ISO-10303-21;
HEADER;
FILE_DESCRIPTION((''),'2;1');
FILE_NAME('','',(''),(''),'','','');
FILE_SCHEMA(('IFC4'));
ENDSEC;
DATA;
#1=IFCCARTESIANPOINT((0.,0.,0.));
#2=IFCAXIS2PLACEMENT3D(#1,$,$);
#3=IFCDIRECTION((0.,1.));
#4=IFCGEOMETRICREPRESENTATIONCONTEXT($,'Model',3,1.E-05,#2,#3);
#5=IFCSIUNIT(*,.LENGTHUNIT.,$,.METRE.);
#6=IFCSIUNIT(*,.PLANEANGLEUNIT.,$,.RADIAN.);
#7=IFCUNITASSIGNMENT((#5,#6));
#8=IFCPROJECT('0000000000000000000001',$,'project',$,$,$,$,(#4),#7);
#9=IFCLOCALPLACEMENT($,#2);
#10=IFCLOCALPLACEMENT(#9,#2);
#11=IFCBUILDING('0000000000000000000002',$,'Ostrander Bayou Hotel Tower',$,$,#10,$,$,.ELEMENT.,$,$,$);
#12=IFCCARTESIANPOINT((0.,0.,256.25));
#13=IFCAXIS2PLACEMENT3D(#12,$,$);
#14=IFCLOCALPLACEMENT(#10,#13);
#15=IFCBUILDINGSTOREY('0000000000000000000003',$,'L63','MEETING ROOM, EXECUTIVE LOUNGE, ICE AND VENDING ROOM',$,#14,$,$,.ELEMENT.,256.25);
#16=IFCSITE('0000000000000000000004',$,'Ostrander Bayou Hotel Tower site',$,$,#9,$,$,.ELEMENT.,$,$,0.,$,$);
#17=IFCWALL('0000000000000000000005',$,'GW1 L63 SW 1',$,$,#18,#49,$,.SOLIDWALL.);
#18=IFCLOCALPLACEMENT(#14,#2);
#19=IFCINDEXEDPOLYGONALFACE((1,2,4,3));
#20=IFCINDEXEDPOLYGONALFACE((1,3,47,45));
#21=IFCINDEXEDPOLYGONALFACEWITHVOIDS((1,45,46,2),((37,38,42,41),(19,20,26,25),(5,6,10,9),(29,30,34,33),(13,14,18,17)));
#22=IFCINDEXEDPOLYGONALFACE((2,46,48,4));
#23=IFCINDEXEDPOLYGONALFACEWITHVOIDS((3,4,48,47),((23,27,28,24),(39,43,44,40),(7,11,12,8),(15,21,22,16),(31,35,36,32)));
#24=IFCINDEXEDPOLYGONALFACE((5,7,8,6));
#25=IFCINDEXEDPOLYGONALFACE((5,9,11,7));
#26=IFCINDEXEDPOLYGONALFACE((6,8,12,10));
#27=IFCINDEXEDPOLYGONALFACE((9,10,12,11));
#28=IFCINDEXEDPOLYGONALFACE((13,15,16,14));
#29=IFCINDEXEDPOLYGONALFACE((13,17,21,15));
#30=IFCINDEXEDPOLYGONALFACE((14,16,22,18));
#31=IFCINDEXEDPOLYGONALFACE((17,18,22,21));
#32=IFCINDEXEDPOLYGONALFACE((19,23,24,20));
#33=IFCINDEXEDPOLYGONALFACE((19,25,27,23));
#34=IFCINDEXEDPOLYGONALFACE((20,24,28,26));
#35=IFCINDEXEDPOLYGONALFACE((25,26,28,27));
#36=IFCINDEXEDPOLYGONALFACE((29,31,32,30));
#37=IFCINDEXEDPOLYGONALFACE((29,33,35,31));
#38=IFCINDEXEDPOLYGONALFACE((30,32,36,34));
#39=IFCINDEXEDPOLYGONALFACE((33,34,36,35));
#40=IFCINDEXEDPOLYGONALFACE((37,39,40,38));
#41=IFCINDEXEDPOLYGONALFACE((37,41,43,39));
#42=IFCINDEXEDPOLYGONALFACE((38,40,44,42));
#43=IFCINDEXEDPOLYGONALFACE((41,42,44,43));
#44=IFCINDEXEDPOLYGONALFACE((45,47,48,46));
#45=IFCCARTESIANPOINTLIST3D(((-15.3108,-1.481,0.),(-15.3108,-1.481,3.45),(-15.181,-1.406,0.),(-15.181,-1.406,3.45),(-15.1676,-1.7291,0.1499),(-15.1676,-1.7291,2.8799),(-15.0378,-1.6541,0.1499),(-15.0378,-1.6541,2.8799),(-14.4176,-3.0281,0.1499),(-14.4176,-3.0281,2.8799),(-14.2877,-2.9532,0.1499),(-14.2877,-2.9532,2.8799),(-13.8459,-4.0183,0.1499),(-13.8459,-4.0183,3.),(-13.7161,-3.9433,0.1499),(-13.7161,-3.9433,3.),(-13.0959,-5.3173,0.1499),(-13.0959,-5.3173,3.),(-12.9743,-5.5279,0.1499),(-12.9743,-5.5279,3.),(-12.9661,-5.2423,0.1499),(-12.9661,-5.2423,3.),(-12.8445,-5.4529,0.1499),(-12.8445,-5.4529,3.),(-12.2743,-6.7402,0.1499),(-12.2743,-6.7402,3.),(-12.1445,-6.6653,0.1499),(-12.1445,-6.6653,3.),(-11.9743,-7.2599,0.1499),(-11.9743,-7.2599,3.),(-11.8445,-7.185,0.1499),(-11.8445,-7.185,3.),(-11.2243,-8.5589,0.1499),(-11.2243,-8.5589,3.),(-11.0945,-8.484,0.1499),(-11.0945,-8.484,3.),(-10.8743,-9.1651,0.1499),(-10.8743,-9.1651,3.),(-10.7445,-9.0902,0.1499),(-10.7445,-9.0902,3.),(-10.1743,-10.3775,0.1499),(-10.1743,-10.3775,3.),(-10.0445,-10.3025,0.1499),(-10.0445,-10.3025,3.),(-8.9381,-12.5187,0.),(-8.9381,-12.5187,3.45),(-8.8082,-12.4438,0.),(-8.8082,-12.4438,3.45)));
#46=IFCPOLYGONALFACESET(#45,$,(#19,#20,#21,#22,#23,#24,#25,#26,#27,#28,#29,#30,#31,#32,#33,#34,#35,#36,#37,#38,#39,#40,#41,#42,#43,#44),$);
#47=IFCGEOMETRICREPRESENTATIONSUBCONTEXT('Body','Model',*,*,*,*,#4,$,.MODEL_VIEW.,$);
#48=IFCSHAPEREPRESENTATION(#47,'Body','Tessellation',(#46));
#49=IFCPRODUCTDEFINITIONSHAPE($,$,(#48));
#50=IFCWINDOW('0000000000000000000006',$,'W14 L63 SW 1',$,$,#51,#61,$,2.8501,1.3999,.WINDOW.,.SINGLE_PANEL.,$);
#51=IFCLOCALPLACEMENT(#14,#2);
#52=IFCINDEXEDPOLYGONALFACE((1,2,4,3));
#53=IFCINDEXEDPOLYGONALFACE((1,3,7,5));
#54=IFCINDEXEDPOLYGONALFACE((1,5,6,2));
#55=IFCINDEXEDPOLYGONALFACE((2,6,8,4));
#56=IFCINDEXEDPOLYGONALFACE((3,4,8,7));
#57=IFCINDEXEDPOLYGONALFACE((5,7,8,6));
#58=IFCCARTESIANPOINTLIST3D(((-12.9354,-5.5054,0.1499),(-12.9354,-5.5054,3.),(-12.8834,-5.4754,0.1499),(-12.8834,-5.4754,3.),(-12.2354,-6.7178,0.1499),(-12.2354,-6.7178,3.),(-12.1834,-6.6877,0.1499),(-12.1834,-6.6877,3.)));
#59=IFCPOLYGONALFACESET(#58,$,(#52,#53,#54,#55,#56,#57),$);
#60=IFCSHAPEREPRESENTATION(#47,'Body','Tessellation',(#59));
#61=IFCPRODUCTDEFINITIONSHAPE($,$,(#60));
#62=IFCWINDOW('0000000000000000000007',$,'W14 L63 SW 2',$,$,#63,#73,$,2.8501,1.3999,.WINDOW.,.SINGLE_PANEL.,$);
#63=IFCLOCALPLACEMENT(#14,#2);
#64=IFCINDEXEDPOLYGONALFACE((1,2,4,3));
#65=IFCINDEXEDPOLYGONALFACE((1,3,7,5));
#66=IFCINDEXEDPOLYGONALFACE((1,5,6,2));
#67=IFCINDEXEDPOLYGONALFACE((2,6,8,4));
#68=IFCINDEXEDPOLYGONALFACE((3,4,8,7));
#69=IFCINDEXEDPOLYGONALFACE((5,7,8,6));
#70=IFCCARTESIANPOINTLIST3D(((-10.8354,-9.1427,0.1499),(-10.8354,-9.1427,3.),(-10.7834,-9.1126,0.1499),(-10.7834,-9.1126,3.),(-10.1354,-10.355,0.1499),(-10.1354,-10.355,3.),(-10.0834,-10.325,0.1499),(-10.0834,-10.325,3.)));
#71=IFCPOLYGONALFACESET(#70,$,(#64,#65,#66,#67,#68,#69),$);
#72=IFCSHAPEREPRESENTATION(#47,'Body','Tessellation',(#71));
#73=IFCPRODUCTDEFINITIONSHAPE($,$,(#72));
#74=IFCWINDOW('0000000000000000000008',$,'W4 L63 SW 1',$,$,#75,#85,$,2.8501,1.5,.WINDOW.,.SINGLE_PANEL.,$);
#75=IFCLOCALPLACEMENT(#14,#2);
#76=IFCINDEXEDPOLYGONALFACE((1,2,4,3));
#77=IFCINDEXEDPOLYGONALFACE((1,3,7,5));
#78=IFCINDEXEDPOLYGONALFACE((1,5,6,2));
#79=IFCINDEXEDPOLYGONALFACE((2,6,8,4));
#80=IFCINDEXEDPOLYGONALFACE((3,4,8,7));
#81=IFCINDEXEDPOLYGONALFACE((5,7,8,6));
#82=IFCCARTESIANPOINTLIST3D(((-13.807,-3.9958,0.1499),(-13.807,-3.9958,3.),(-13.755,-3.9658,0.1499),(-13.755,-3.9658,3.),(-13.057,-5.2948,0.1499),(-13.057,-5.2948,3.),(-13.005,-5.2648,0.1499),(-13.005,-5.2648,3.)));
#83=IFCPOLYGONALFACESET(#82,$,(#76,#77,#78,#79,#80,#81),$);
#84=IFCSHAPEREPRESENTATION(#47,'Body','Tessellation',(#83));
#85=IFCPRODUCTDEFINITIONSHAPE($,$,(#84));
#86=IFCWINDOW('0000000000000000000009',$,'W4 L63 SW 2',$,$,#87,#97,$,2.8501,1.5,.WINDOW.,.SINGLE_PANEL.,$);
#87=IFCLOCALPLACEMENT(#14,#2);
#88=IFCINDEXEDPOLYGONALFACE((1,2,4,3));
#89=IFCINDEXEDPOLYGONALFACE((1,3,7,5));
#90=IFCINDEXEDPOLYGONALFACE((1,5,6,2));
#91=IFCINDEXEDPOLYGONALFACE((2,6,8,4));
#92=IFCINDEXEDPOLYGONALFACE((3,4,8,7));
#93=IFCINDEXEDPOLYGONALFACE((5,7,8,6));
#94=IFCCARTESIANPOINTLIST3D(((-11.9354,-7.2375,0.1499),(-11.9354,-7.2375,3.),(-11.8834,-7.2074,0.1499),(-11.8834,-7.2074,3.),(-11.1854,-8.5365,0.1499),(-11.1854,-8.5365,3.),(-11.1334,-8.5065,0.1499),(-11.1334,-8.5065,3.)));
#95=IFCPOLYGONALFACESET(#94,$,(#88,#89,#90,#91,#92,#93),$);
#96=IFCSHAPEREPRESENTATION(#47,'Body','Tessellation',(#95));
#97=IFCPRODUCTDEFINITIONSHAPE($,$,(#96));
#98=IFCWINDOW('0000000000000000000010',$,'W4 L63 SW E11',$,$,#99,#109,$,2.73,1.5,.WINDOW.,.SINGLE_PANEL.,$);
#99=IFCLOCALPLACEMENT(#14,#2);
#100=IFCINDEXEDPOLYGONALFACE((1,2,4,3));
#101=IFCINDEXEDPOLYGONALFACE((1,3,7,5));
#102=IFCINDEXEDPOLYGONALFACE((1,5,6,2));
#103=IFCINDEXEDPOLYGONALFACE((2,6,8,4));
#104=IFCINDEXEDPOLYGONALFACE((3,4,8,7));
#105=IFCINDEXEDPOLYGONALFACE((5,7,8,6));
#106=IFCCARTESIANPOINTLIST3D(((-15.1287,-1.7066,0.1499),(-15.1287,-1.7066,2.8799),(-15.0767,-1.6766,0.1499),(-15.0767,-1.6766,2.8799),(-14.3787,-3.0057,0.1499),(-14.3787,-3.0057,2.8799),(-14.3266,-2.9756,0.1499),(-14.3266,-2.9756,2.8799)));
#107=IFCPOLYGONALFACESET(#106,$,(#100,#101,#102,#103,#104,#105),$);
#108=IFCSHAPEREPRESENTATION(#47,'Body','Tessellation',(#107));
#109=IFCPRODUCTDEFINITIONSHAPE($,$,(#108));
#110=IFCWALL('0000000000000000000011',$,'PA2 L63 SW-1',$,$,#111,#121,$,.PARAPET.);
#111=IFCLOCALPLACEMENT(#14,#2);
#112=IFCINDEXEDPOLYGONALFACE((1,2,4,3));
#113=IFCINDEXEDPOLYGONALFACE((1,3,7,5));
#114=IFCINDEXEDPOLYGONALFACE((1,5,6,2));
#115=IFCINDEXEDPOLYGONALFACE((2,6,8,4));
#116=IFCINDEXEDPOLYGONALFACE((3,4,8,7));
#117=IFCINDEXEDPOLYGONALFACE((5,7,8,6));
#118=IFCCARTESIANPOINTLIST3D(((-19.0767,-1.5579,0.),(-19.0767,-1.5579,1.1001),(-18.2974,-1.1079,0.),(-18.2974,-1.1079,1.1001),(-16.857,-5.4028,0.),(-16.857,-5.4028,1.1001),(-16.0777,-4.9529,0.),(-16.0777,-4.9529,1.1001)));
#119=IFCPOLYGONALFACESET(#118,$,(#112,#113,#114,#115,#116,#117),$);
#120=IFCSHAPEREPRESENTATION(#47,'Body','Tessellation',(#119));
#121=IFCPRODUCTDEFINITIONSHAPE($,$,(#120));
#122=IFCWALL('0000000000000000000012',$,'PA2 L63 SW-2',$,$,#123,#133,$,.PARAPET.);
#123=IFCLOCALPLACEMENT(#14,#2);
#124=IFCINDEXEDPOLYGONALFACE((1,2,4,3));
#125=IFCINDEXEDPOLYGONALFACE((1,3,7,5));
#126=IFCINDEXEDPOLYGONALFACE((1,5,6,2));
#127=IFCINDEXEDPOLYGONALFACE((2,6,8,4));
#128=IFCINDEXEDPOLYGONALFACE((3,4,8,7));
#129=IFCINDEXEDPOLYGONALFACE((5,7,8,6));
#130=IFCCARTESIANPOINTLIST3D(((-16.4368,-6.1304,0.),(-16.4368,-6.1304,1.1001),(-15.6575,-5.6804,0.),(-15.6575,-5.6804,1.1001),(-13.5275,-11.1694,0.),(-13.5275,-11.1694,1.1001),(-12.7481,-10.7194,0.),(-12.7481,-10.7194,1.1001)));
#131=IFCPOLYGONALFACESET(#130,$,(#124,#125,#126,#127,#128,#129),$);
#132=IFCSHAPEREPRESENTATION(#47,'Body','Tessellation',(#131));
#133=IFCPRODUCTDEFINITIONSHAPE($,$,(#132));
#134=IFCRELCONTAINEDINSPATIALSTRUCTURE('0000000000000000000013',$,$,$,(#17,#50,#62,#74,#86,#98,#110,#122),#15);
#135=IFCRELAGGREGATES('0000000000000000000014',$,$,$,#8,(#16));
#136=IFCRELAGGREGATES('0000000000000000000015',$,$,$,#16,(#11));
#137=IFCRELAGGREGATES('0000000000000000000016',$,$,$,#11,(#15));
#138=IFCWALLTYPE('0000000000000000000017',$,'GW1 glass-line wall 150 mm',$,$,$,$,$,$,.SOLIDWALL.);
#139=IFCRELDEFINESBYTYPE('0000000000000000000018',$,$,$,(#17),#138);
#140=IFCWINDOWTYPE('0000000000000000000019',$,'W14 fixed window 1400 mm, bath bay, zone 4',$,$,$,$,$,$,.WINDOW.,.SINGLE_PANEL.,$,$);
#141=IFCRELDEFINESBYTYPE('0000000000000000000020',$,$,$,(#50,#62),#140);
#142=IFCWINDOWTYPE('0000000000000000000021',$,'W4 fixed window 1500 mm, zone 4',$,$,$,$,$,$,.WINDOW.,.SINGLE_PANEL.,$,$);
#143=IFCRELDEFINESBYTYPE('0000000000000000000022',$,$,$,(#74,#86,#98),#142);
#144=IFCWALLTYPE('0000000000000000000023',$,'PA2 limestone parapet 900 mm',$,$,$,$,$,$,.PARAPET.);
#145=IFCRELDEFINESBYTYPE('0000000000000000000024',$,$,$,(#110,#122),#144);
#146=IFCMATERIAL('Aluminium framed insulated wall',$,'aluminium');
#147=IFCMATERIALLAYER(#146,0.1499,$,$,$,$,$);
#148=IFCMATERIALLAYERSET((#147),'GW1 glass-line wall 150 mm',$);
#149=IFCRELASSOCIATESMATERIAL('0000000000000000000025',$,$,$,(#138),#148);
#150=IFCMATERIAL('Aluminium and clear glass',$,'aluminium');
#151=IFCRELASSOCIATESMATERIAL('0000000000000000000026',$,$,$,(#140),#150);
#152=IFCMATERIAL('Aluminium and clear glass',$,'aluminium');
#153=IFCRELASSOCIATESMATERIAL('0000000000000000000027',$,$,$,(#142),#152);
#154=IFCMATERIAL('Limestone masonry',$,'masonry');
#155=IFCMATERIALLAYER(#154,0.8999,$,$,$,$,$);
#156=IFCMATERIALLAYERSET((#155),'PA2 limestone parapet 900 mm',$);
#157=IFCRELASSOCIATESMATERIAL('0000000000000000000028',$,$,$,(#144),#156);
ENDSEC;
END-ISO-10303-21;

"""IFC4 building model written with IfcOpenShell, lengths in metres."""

from ifc_helpers import new_model, si_unit, direction, frame, frame_2d, origin, place, context, subcontext, project, spatial, rectangle, extrude, material, layer, layer_set, type_object, element, fill, save


model = new_model("IFC4")

# Units and contexts
model_context = context("Model", 3, precision=1e-05, world=origin(), true_north=direction((0.0, 1.0)))
body_context = subcontext(model_context, "Body", "Model", "MODEL_VIEW")
ifc_project = project(units=[si_unit("LENGTHUNIT", "METRE"), si_unit("PLANEANGLEUNIT", "RADIAN")], contexts=[model_context])

# Site, building, storey
site_placement = place(None, origin())
site = spatial("IfcSite", under=ifc_project, at=site_placement, Name="Ostrander Bayou Hotel Tower site", CompositionType="ELEMENT", RefElevation=0.0)
building_placement = place(site_placement, origin())
building = spatial("IfcBuilding", under=site, at=building_placement, Name="Ostrander Bayou Hotel Tower", CompositionType="ELEMENT")
storey_placement = place(building_placement, frame((0.0, 0.0, 256.25)))
storey = spatial("IfcBuildingStorey", under=building, at=storey_placement, Name="L63", Description="MEETING ROOM, EXECUTIVE LOUNGE, ICE AND VENDING ROOM", CompositionType="ELEMENT", Elevation=256.25)

# Wall, openings, windows
ifc_material_1 = material(Name="Aluminium framed insulated wall", Category="aluminium")
ifc_layer_1 = layer(ifc_material_1, 0.1499)
ifc_layer_set_1 = layer_set([ifc_layer_1], Name="GW1 glass-line wall 150 mm")
wall_type_1 = type_object("IfcWallType", Name="GW1 glass-line wall 150 mm", PredefinedType="SOLIDWALL", material=ifc_layer_set_1)
wall_1_placement = place(storey_placement, frame((-15.2458, -1.4436, 0.0), z_axis=(0.0, 0.0, 1.0), x_axis=(0.500006, -0.866022, 0.0)))
wall_1 = element("IfcWall", 1, at=wall_1_placement, inside=storey, type_object=wall_type_1, Name="GW1 L63 SW 1", PredefinedType="SOLIDWALL", context=body_context, shape_type="SweptSolid", body=[
    extrude(rectangle(XDim=12.7454, YDim=0.1499, at=frame_2d((6.3726, 0.0))), origin(), (0.0, 0.0, 1.0), 3.45),
])
opening_1_placement = place(wall_1_placement, frame((2.9297, 0.0, 0.1499)))
opening_1 = element("IfcOpeningElement", 2, at=opening_1_placement, cuts=wall_1, PredefinedType="OPENING", context=body_context, shape_type="SweptSolid", body=[
    extrude(rectangle(XDim=1.5, YDim=2.8501, at=frame_2d((0.75, 1.425))), frame((0.0, 0.075, 0.0), z_axis=(0.0, -1.0, 0.0), x_axis=(1.0, 0.0, 0.0)), (0.0, 0.0, 1.0), 0.1499),
])
opening_2_placement = place(wall_1_placement, frame((4.6729, 0.0, 0.1499)))
opening_2 = element("IfcOpeningElement", 3, at=opening_2_placement, cuts=wall_1, PredefinedType="OPENING", context=body_context, shape_type="SweptSolid", body=[
    extrude(rectangle(XDim=1.3999, YDim=2.8501, at=frame_2d((0.7, 1.425))), frame((0.0, 0.075, 0.0), z_axis=(0.0, -1.0, 0.0), x_axis=(1.0, 0.0, 0.0)), (0.0, 0.0, 1.0), 0.1499),
])
opening_3_placement = place(wall_1_placement, frame((6.6729, 0.0, 0.1499)))
opening_3 = element("IfcOpeningElement", 4, at=opening_3_placement, cuts=wall_1, PredefinedType="OPENING", context=body_context, shape_type="SweptSolid", body=[
    extrude(rectangle(XDim=1.5, YDim=2.8501, at=frame_2d((0.75, 1.425))), frame((0.0, 0.075, 0.0), z_axis=(0.0, -1.0, 0.0), x_axis=(1.0, 0.0, 0.0)), (0.0, 0.0, 1.0), 0.1499),
])
opening_4_placement = place(wall_1_placement, frame((8.8728, 0.0, 0.1499)))
opening_4 = element("IfcOpeningElement", 5, at=opening_4_placement, cuts=wall_1, PredefinedType="OPENING", context=body_context, shape_type="SweptSolid", body=[
    extrude(rectangle(XDim=1.3999, YDim=2.8501, at=frame_2d((0.7, 1.425))), frame((0.0, 0.075, 0.0), z_axis=(0.0, -1.0, 0.0), x_axis=(1.0, 0.0, 0.0)), (0.0, 0.0, 1.0), 0.1499),
])
opening_5_placement = place(wall_1_placement, frame((0.2864, 0.0, 0.1499)))
opening_5 = element("IfcOpeningElement", 6, at=opening_5_placement, cuts=wall_1, PredefinedType="OPENING", context=body_context, shape_type="SweptSolid", body=[
    extrude(rectangle(XDim=1.5, YDim=2.73, at=frame_2d((0.75, 1.365))), frame((0.0, 0.075, 0.0), z_axis=(0.0, -1.0, 0.0), x_axis=(1.0, 0.0, 0.0)), (0.0, 0.0, 1.0), 0.1499),
])
ifc_material_2 = material(Name="Aluminium and clear glass", Category="aluminium")
window_type_1 = type_object("IfcWindowType", Name="W14 fixed window 1400 mm, bath bay, zone 4", PartitioningType="SINGLE_PANEL", PredefinedType="WINDOW", material=ifc_material_2)
window_1_placement = place(opening_2_placement, origin())
window_1 = element("IfcWindow", 7, at=window_1_placement, inside=storey, type_object=window_type_1, Name="W14 L63 SW 1", OverallHeight=2.8501, OverallWidth=1.3999, PartitioningType="SINGLE_PANEL", PredefinedType="WINDOW", context=body_context, shape_type="SweptSolid", body=[
    extrude(rectangle(XDim=1.3999, YDim=2.8501, at=frame_2d((0.7, 1.425))), frame((0.0, 0.03, 0.0), z_axis=(0.0, -1.0, 0.0), x_axis=(1.0, 0.0, 0.0)), (0.0, 0.0, 1.0), 0.0601),
])
fill(opening_2, window_1)
window_2_placement = place(opening_4_placement, origin())
window_2 = element("IfcWindow", 8, at=window_2_placement, inside=storey, type_object=window_type_1, Name="W14 L63 SW 2", OverallHeight=2.8501, OverallWidth=1.3999, PartitioningType="SINGLE_PANEL", PredefinedType="WINDOW", context=body_context, shape_type="SweptSolid", body=[
    extrude(rectangle(XDim=1.3999, YDim=2.8501, at=frame_2d((0.7, 1.425))), frame((0.0, 0.03, 0.0), z_axis=(0.0, -1.0, 0.0), x_axis=(1.0, 0.0, 0.0)), (0.0, 0.0, 1.0), 0.0601),
])
fill(opening_4, window_2)
ifc_material_3 = material(Name="Aluminium and clear glass", Category="aluminium")
window_type_2 = type_object("IfcWindowType", Name="W4 fixed window 1500 mm, zone 4", PartitioningType="SINGLE_PANEL", PredefinedType="WINDOW", material=ifc_material_3)
window_3_placement = place(opening_1_placement, origin())
window_3 = element("IfcWindow", 9, at=window_3_placement, inside=storey, type_object=window_type_2, Name="W4 L63 SW 1", OverallHeight=2.8501, OverallWidth=1.5, PartitioningType="SINGLE_PANEL", PredefinedType="WINDOW", context=body_context, shape_type="SweptSolid", body=[
    extrude(rectangle(XDim=1.5, YDim=2.8501, at=frame_2d((0.75, 1.425))), frame((0.0, 0.03, 0.0), z_axis=(0.0, -1.0, 0.0), x_axis=(1.0, 0.0, 0.0)), (0.0, 0.0, 1.0), 0.0601),
])
fill(opening_1, window_3)
window_4_placement = place(opening_3_placement, origin())
window_4 = element("IfcWindow", 10, at=window_4_placement, inside=storey, type_object=window_type_2, Name="W4 L63 SW 2", OverallHeight=2.8501, OverallWidth=1.5, PartitioningType="SINGLE_PANEL", PredefinedType="WINDOW", context=body_context, shape_type="SweptSolid", body=[
    extrude(rectangle(XDim=1.5, YDim=2.8501, at=frame_2d((0.75, 1.425))), frame((0.0, 0.03, 0.0), z_axis=(0.0, -1.0, 0.0), x_axis=(1.0, 0.0, 0.0)), (0.0, 0.0, 1.0), 0.0601),
])
fill(opening_3, window_4)
window_5_placement = place(opening_5_placement, origin())
window_5 = element("IfcWindow", 11, at=window_5_placement, inside=storey, type_object=window_type_2, Name="W4 L63 SW E11", OverallHeight=2.73, OverallWidth=1.5, PartitioningType="SINGLE_PANEL", PredefinedType="WINDOW", context=body_context, shape_type="SweptSolid", body=[
    extrude(rectangle(XDim=1.5, YDim=2.73, at=frame_2d((0.75, 1.365))), frame((0.0, 0.03, 0.0), z_axis=(0.0, -1.0, 0.0), x_axis=(1.0, 0.0, 0.0)), (0.0, 0.0, 1.0), 0.0601),
])
fill(opening_5, window_5)

# Walls
ifc_material_4 = material(Name="Limestone masonry", Category="masonry")
ifc_layer_2 = layer(ifc_material_4, 0.8999)
ifc_layer_set_2 = layer_set([ifc_layer_2], Name="PA2 limestone parapet 900 mm")
wall_type_2 = type_object("IfcWallType", Name="PA2 limestone parapet 900 mm", PredefinedType="PARAPET", material=ifc_layer_set_2)
wall_2_placement = place(storey_placement, frame((-18.687, -1.333, 0.0), z_axis=(0.0, 0.0, 1.0), x_axis=(0.499972, -0.866042, 0.0)))
element("IfcWall", 12, at=wall_2_placement, inside=storey, type_object=wall_type_2, Name="PA2 L63 SW-1", PredefinedType="PARAPET", context=body_context, shape_type="SweptSolid", body=[
    extrude(rectangle(XDim=4.4397, YDim=0.8999, at=frame_2d((2.2197, 0.0))), origin(), (0.0, 0.0, 1.0), 1.1001),
])
wall_3_placement = place(storey_placement, frame((-16.0471, -5.9055, 0.0), z_axis=(0.0, 0.0, 1.0), x_axis=(0.500015, -0.866016, 0.0)))
element("IfcWall", 13, at=wall_3_placement, inside=storey, type_object=wall_type_2, Name="PA2 L63 SW-2", PredefinedType="PARAPET", context=body_context, shape_type="SweptSolid", body=[
    extrude(rectangle(XDim=5.8186, YDim=0.8999, at=frame_2d((2.9092, 0.0))), origin(), (0.0, 0.0, 1.0), 1.1001),
])

save(model, "model.ifc")
